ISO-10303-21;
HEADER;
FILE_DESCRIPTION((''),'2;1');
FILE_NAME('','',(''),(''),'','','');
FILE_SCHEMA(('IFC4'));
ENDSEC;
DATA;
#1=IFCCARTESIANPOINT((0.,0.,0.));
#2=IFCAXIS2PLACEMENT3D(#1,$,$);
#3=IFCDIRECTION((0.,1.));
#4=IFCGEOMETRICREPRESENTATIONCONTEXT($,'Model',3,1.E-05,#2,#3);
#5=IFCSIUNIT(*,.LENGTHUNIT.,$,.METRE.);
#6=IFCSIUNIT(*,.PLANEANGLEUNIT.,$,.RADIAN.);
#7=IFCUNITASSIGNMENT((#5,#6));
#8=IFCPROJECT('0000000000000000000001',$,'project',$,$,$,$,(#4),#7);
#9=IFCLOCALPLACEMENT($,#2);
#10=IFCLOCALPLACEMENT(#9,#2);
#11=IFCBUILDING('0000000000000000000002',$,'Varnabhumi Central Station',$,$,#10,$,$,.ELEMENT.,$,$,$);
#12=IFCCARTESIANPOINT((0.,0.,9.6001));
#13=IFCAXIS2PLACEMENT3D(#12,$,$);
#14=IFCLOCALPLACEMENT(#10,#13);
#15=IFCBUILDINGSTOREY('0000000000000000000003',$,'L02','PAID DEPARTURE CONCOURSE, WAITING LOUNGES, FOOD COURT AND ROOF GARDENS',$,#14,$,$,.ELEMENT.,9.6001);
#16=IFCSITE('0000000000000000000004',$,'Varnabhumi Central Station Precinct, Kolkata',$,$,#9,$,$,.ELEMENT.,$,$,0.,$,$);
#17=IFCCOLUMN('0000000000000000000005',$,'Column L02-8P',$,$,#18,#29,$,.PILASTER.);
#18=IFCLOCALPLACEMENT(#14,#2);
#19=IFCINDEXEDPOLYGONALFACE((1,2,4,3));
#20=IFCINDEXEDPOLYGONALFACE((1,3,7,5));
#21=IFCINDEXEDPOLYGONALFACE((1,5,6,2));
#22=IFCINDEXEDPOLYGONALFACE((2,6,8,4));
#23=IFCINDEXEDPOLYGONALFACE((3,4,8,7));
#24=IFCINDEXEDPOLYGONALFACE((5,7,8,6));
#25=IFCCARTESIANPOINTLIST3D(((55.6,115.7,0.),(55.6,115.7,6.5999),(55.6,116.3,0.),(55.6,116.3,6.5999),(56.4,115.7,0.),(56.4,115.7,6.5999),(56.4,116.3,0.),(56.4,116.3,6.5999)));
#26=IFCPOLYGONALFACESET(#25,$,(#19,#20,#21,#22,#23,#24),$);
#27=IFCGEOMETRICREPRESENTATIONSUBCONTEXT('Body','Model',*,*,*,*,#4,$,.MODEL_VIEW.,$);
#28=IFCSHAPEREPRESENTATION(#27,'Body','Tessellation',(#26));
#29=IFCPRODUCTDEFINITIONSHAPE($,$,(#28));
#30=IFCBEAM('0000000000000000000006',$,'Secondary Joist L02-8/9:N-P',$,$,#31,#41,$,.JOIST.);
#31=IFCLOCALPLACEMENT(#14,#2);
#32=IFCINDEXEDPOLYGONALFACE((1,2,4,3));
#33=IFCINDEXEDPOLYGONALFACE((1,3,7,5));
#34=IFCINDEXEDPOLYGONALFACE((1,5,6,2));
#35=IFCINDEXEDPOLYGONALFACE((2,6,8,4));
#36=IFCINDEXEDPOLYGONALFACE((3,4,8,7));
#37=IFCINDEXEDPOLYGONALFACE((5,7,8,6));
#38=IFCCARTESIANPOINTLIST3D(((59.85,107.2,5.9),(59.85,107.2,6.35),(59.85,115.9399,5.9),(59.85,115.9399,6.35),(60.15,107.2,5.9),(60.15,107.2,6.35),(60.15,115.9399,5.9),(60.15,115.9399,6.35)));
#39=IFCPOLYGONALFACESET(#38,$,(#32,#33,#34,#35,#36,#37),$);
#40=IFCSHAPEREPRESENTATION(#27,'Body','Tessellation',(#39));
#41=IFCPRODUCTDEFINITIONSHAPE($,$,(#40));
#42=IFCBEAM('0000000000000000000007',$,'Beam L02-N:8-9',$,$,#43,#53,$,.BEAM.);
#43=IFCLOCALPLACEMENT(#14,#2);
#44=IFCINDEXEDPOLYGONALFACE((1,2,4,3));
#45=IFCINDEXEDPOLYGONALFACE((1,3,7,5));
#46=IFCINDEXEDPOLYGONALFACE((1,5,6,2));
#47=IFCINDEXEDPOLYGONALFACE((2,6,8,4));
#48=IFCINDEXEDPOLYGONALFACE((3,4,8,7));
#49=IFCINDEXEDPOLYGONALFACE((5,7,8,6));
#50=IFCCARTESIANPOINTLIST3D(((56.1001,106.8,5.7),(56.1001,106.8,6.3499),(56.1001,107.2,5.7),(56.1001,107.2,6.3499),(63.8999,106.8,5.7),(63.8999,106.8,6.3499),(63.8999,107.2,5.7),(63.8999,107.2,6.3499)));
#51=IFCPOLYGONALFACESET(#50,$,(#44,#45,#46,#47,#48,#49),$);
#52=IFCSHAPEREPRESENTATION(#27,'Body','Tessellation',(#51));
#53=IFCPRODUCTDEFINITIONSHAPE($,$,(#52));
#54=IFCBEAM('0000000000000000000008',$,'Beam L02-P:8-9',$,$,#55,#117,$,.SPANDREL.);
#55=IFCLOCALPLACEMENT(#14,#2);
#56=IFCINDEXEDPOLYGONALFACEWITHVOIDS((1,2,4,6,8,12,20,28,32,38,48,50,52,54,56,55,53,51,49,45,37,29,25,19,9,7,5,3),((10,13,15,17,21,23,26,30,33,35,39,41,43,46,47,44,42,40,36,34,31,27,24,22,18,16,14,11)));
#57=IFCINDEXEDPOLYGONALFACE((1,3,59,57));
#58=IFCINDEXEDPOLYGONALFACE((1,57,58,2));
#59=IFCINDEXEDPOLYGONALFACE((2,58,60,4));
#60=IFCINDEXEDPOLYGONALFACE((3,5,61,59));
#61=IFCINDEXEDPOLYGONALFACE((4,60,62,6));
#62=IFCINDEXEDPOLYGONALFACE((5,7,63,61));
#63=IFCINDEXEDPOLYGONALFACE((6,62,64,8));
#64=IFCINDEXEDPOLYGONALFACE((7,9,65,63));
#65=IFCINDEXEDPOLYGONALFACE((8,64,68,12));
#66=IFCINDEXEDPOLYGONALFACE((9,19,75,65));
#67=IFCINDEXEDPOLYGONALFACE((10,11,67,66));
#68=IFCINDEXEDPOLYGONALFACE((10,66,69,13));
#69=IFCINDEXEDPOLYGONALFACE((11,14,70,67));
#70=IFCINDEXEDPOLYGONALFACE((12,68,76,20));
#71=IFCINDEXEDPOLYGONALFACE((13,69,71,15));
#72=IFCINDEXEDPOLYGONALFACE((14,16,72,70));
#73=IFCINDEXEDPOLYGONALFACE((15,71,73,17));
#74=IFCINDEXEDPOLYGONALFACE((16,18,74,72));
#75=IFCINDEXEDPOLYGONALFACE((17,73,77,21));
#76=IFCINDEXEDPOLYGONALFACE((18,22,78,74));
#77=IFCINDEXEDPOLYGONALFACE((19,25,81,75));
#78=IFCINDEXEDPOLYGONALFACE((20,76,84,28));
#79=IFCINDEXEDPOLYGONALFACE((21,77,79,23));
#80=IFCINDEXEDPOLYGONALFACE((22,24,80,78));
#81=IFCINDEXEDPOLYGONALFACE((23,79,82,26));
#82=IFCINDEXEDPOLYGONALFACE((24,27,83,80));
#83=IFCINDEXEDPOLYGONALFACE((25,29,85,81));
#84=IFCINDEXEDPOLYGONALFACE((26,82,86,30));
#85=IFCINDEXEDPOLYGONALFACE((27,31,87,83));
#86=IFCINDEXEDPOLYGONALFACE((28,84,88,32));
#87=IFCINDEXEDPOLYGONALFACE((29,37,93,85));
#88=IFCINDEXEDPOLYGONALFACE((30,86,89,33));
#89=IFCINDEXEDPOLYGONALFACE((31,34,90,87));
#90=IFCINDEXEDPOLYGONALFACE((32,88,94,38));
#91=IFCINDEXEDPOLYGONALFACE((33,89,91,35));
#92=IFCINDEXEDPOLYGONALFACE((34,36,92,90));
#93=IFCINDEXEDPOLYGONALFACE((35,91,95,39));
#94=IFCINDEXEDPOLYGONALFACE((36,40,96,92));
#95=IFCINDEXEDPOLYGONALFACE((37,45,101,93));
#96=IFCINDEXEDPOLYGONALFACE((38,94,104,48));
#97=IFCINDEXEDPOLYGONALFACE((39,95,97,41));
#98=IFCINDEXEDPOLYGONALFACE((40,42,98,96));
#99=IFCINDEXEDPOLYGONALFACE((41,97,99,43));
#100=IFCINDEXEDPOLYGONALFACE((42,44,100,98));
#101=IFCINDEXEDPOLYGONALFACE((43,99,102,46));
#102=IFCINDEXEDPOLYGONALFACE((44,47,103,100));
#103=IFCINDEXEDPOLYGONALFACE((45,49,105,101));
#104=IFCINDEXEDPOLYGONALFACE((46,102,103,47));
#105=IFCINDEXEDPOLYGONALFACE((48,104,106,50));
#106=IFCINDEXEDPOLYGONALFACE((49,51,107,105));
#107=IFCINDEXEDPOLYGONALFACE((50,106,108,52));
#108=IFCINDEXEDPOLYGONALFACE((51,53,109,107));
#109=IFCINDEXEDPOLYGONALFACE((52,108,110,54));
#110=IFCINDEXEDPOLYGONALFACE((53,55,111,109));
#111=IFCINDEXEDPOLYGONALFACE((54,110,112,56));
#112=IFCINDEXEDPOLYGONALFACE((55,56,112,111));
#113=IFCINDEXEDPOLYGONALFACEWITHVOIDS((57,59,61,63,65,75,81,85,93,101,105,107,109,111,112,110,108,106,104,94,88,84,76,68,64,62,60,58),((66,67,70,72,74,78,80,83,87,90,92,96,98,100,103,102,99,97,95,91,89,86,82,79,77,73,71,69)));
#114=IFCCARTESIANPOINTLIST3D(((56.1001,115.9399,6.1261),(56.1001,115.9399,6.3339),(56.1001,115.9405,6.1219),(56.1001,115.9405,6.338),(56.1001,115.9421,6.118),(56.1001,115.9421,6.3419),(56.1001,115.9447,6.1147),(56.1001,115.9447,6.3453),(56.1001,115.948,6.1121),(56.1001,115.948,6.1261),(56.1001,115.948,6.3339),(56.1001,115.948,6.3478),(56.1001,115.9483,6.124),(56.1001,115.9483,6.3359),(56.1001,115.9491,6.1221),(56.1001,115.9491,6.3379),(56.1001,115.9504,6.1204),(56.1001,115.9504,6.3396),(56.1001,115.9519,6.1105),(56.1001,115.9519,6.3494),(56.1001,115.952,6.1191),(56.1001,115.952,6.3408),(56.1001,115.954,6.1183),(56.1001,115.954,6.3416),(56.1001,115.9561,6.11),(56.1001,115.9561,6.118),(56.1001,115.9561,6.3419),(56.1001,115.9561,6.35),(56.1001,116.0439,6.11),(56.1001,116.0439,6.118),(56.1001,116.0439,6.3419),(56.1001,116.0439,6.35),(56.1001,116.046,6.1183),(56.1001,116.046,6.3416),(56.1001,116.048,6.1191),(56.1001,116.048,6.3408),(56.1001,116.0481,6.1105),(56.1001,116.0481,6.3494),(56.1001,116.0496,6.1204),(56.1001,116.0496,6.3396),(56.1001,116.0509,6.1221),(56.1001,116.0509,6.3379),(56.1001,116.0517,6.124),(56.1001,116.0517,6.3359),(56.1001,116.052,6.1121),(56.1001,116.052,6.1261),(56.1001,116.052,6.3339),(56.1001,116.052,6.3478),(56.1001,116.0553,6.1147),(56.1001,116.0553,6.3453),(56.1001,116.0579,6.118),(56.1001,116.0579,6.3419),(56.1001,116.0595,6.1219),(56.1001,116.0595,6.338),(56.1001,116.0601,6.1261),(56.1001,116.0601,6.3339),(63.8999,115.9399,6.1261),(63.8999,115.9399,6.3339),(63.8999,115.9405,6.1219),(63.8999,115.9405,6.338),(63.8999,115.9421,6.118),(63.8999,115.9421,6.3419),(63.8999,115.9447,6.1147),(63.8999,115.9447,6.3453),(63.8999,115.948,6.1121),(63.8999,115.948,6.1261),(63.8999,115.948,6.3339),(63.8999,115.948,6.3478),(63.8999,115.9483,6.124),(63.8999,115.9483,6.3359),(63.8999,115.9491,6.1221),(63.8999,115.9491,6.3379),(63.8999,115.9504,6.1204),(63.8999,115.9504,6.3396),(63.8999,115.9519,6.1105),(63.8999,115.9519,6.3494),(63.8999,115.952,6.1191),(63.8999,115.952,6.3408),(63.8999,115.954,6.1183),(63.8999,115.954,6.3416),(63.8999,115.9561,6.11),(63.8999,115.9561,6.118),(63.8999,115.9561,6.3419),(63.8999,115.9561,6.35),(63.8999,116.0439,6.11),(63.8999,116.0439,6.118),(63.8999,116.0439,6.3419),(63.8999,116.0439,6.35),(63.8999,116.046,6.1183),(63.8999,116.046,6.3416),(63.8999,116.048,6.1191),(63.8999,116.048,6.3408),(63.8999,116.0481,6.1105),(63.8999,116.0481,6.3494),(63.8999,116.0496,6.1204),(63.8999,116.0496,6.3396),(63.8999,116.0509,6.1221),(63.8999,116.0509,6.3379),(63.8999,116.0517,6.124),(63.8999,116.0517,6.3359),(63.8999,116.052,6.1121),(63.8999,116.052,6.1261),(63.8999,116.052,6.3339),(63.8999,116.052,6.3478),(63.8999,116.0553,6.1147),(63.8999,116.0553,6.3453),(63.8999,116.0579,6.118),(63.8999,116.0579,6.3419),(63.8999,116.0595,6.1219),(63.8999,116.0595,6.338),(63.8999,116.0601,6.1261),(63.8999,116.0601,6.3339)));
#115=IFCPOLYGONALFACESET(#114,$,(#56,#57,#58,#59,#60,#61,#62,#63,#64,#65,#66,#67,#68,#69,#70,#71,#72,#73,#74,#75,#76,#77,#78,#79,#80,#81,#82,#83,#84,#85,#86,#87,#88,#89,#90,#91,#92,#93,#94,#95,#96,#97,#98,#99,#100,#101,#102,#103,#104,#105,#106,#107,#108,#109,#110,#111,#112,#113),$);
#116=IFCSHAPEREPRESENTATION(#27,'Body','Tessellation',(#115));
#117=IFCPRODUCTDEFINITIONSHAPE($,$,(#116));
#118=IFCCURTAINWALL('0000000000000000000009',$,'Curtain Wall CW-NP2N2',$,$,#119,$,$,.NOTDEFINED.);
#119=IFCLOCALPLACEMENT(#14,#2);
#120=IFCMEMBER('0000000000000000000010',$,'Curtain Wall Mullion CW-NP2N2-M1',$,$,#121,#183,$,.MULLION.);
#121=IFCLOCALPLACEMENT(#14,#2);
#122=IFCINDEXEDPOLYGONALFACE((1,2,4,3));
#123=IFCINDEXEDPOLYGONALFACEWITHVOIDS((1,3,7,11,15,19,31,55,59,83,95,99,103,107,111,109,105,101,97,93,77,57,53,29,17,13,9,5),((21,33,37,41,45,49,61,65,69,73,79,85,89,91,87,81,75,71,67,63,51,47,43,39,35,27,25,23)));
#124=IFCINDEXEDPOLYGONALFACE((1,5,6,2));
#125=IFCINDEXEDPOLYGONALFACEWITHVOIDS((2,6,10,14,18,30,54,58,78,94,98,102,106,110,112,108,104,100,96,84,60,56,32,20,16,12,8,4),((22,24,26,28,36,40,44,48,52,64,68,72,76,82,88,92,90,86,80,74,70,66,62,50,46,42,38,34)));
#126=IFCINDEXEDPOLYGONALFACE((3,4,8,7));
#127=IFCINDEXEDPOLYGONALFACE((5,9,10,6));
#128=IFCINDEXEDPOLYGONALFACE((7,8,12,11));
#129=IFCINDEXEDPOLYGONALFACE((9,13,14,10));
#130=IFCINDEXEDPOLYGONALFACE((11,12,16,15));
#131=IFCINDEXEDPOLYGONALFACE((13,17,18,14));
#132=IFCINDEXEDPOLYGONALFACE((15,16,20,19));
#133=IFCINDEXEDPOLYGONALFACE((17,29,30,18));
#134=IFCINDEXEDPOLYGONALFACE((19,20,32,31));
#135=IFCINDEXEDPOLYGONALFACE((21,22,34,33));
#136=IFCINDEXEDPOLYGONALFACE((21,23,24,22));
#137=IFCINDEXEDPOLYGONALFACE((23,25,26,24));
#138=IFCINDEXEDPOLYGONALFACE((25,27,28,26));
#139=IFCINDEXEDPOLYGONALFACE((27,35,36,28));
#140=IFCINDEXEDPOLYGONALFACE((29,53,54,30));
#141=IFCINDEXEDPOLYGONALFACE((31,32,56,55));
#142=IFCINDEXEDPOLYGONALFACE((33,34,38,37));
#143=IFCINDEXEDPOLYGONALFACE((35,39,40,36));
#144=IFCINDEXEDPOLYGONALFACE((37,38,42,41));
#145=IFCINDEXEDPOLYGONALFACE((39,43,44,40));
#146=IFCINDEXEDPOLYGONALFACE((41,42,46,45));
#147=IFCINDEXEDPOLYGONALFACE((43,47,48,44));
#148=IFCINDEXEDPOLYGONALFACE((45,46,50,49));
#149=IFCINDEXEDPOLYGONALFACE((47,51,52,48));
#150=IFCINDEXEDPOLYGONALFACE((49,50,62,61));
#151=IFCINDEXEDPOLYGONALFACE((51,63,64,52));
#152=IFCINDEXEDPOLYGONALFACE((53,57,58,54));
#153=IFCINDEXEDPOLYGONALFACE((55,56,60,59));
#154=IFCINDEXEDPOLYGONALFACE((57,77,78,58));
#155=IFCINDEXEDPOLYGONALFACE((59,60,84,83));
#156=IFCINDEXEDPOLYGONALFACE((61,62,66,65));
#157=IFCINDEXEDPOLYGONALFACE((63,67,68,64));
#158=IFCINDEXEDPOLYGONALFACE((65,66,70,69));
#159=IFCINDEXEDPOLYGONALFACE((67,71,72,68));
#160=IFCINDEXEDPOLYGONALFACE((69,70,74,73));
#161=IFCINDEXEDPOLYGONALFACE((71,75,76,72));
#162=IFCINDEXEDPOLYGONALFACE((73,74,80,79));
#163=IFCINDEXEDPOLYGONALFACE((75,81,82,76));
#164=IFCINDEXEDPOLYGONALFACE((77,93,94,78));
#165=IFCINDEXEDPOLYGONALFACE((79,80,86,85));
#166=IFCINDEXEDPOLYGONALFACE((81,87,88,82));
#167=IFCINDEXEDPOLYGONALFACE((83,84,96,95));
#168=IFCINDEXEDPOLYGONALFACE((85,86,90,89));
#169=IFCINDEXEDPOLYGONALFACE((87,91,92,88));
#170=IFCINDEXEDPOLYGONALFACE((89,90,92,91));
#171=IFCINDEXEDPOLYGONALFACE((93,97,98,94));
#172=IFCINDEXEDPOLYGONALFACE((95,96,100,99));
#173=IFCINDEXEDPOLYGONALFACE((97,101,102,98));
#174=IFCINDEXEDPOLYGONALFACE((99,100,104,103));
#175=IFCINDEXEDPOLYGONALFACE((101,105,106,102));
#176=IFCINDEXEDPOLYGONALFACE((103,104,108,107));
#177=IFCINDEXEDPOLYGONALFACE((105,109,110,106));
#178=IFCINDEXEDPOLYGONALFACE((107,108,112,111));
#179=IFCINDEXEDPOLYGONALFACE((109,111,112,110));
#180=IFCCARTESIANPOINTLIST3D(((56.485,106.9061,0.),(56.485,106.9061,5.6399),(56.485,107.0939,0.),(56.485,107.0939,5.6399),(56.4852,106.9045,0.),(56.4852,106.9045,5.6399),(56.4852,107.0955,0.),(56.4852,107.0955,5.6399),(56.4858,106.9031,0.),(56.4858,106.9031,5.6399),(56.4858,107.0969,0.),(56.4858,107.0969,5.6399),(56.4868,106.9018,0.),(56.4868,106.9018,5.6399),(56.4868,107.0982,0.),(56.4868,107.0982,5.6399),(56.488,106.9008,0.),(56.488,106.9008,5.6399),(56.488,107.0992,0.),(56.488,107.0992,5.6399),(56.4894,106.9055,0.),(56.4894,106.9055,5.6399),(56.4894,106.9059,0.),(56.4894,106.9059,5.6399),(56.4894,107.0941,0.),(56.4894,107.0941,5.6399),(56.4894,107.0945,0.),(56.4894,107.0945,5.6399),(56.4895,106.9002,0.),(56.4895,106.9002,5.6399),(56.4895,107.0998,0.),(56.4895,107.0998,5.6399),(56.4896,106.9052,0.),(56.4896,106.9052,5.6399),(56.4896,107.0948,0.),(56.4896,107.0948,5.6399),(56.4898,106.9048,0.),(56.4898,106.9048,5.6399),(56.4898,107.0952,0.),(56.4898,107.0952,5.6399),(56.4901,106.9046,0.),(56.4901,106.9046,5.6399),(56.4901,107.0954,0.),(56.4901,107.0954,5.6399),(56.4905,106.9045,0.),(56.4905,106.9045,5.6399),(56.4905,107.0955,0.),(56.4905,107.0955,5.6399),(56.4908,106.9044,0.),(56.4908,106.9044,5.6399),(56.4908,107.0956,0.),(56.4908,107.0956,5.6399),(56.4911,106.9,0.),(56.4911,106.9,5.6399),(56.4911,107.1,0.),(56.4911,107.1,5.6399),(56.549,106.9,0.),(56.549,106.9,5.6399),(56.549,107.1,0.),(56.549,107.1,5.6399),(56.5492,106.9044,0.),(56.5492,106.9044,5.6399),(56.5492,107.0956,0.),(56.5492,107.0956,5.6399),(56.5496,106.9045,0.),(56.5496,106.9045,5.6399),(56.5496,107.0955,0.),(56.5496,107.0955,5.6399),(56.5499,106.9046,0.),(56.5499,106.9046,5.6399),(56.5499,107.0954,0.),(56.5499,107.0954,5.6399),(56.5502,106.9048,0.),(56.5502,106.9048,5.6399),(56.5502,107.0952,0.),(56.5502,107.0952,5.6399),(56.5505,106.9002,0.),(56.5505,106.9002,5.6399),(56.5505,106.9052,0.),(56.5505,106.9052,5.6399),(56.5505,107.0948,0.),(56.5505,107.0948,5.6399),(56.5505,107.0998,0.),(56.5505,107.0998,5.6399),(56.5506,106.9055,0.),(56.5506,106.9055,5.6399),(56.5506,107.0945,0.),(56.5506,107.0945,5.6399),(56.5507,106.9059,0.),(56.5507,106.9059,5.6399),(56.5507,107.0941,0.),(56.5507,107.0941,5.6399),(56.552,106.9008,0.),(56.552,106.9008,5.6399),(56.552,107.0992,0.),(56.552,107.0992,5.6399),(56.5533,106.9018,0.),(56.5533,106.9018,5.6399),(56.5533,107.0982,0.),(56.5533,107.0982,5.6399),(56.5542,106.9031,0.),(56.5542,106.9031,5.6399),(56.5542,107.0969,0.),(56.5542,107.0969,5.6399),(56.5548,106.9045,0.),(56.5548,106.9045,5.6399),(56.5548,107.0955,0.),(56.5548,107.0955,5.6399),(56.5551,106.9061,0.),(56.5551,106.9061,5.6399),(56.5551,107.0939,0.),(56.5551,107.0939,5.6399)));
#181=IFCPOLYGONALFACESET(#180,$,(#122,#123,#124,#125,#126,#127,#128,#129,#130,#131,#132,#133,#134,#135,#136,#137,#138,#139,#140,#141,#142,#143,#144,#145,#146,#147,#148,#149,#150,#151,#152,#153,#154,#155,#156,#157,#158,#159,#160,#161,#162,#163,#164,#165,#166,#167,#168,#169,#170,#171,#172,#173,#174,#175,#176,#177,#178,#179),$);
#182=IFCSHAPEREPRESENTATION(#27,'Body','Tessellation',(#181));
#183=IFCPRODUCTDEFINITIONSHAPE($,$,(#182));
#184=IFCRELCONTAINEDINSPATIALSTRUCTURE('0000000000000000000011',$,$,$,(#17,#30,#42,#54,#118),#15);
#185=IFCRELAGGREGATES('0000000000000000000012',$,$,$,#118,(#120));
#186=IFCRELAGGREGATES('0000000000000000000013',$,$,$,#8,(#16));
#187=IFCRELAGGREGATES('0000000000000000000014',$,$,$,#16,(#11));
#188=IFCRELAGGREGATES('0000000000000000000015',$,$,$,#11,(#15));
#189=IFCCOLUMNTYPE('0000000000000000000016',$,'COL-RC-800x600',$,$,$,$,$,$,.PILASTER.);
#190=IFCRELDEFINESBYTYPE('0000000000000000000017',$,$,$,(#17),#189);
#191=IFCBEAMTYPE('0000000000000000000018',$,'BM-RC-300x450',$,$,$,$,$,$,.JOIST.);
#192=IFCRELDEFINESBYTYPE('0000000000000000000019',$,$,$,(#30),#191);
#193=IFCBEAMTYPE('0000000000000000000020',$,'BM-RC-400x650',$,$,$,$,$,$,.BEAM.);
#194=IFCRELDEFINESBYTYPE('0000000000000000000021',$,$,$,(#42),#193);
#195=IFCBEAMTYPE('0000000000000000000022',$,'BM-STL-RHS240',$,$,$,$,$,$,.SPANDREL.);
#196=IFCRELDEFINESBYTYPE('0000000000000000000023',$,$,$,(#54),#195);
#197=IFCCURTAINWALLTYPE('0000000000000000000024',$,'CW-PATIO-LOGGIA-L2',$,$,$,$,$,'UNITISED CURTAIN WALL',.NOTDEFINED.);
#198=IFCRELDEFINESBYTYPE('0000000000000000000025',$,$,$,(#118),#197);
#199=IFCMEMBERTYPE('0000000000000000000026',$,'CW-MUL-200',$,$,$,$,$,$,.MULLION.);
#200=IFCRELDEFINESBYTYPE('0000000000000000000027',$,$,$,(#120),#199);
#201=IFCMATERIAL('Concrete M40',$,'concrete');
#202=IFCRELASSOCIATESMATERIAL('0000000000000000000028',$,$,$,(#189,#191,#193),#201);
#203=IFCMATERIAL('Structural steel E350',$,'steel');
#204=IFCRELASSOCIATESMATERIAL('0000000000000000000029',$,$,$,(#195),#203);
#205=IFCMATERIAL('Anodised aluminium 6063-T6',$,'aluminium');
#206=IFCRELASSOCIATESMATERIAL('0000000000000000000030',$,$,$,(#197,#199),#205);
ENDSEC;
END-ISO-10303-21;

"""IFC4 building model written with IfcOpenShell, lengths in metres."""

from ifc_helpers import new_model, si_unit, direction, frame, origin, origin_2d, place, context, subcontext, project, spatial, rectangle, hollow_rectangle, extrude, material, material_profile, profile_set, type_object, element, aggregate, save


model = new_model("IFC4")

# Units and contexts
model_context = context("Model", 3, precision=1e-05, world=origin(), true_north=direction((0.0, 1.0)))
body_context = subcontext(model_context, "Body", "Model", "MODEL_VIEW")
ifc_project = project(units=[si_unit("LENGTHUNIT", "METRE"), si_unit("PLANEANGLEUNIT", "RADIAN")], contexts=[model_context])

# Site, building, storey
site_placement = place(None, origin())
site = spatial("IfcSite", under=ifc_project, at=site_placement, Name="Varnabhumi Central Station Precinct, Kolkata", CompositionType="ELEMENT", RefElevation=0.0)
building_placement = place(site_placement, origin())
building = spatial("IfcBuilding", under=site, at=building_placement, Name="Varnabhumi Central Station", CompositionType="ELEMENT")
storey_placement = place(building_placement, frame((0.0, 0.0, 9.6001)))
storey = spatial("IfcBuildingStorey", under=building, at=storey_placement, Name="L02", Description="PAID DEPARTURE CONCOURSE, WAITING LOUNGES, FOOD COURT AND ROOF GARDENS", CompositionType="ELEMENT", Elevation=9.6001)

# Column
ifc_material_1 = material(Name="Concrete M40", Category="concrete")
ifc_material_profile_1 = material_profile(ifc_material_1, rectangle(XDim=0.8, YDim=0.6001, at=origin_2d()), Name="Concrete M40", Category="concrete")
ifc_profile_set_1 = profile_set([ifc_material_profile_1], Name="Concrete M40")
column_type = type_object("IfcColumnType", Name="COL-RC-800x600", PredefinedType="PILASTER", material=ifc_profile_set_1)
column_placement = place(storey_placement, frame((56.0, 116.0, 0.0), z_axis=(0.0, 0.0, 1.0), x_axis=(1.0, 0.0, 0.0)))
element("IfcColumn", 1, at=column_placement, inside=storey, type_object=column_type, Name="Column L02-8P", PredefinedType="PILASTER", context=body_context, shape_type="SweptSolid", body=[
    extrude(rectangle(XDim=0.8, YDim=0.6001, at=origin_2d()), origin(), (0.0, 0.0, 1.0), 6.5999),
])

# Beams
ifc_material_profile_2 = material_profile(ifc_material_1, rectangle(XDim=0.3, YDim=0.45, at=origin_2d()), Name="Concrete M40", Category="concrete")
ifc_profile_set_2 = profile_set([ifc_material_profile_2], Name="Concrete M40")
beam_type_1 = type_object("IfcBeamType", Name="BM-RC-300x450", PredefinedType="JOIST", material=ifc_profile_set_2)
beam_1_placement = place(storey_placement, frame((60.0, 107.2, 6.125), z_axis=(0.0, 1.0, 0.0), x_axis=(-1.0, 0.0, 0.0)))
element("IfcBeam", 2, at=beam_1_placement, inside=storey, type_object=beam_type_1, Name="Secondary Joist L02-8/9:N-P", PredefinedType="JOIST", context=body_context, shape_type="SweptSolid", body=[
    extrude(rectangle(XDim=0.3, YDim=0.45, at=origin_2d()), origin(), (0.0, 0.0, 1.0), 8.74),
])
ifc_material_profile_3 = material_profile(ifc_material_1, rectangle(XDim=0.3999, YDim=0.6499, at=origin_2d()), Name="Concrete M40", Category="concrete")
ifc_profile_set_3 = profile_set([ifc_material_profile_3], Name="Concrete M40")
beam_type_2 = type_object("IfcBeamType", Name="BM-RC-400x650", PredefinedType="BEAM", material=ifc_profile_set_3)
beam_2_placement = place(storey_placement, frame((56.1001, 107.0, 6.0249), z_axis=(1.0, 0.0, 0.0), x_axis=(0.0, 1.0, 0.0)))
element("IfcBeam", 3, at=beam_2_placement, inside=storey, type_object=beam_type_2, Name="Beam L02-N:8-9", PredefinedType="BEAM", context=body_context, shape_type="SweptSolid", body=[
    extrude(rectangle(XDim=0.3999, YDim=0.6499, at=origin_2d()), origin(), (0.0, 0.0, 1.0), 7.7998),
])
ifc_material_2 = material(Name="Structural steel E350", Category="steel")
ifc_material_profile_4 = material_profile(ifc_material_2, hollow_rectangle(XDim=0.1201, YDim=0.24, WallThickness=0.0081, InnerFilletRadius=0.0081, OuterFilletRadius=0.0161, at=origin_2d()), Name="Structural steel E350", Category="steel")
ifc_profile_set_4 = profile_set([ifc_material_profile_4], Name="Structural steel E350")
beam_type_3 = type_object("IfcBeamType", Name="BM-STL-RHS240", PredefinedType="SPANDREL", material=ifc_profile_set_4)
beam_3_placement = place(storey_placement, frame((56.1001, 116.0, 6.23), z_axis=(1.0, 0.0, 0.0), x_axis=(0.0, 1.0, 0.0)))
element("IfcBeam", 4, at=beam_3_placement, inside=storey, type_object=beam_type_3, Name="Beam L02-P:8-9", PredefinedType="SPANDREL", context=body_context, shape_type="SweptSolid", body=[
    extrude(hollow_rectangle(XDim=0.1201, YDim=0.24, WallThickness=0.0081, InnerFilletRadius=0.0081, OuterFilletRadius=0.0161, at=origin_2d()), origin(), (0.0, 0.0, 1.0), 7.7998),
])

# Curtain wall, member
ifc_material_3 = material(Name="Anodised aluminium 6063-T6", Category="aluminium")
curtain_wall_type = type_object("IfcCurtainWallType", Name="CW-PATIO-LOGGIA-L2", ElementType="UNITISED CURTAIN WALL", PredefinedType="NOTDEFINED", material=ifc_material_3)
curtain_wall_placement = place(storey_placement, origin())
curtain_wall = element("IfcCurtainWall", 5, at=curtain_wall_placement, inside=storey, type_object=curtain_wall_type, Name="Curtain Wall CW-NP2N2", PredefinedType="NOTDEFINED")
ifc_material_profile_5 = material_profile(ifc_material_3, hollow_rectangle(XDim=0.0701, YDim=0.2, WallThickness=0.0044, InnerFilletRadius=0.0015, OuterFilletRadius=0.0061, at=origin_2d()), Name="Anodised aluminium 6063-T6", Category="aluminium")
ifc_profile_set_5 = profile_set([ifc_material_profile_5], Name="Anodised aluminium 6063-T6")
member_type_1 = type_object("IfcMemberType", Name="CW-MUL-200", PredefinedType="MULLION", material=ifc_profile_set_5)
member_1_placement = place(storey_placement, frame((56.52, 107.0, 0.0), z_axis=(0.0, 0.0, 1.0), x_axis=(1.0, 0.0, 0.0)))
member_1 = element("IfcMember", 6, at=member_1_placement, type_object=member_type_1, Name="Curtain Wall Mullion CW-NP2N2-M1", PredefinedType="MULLION", context=body_context, shape_type="SweptSolid", body=[
    extrude(hollow_rectangle(XDim=0.0701, YDim=0.2, WallThickness=0.0044, InnerFilletRadius=0.0015, OuterFilletRadius=0.0061, at=origin_2d()), origin(), (0.0, 0.0, 1.0), 5.6399),
])
aggregate(curtain_wall, [member_1])

save(model, "model.ifc")
